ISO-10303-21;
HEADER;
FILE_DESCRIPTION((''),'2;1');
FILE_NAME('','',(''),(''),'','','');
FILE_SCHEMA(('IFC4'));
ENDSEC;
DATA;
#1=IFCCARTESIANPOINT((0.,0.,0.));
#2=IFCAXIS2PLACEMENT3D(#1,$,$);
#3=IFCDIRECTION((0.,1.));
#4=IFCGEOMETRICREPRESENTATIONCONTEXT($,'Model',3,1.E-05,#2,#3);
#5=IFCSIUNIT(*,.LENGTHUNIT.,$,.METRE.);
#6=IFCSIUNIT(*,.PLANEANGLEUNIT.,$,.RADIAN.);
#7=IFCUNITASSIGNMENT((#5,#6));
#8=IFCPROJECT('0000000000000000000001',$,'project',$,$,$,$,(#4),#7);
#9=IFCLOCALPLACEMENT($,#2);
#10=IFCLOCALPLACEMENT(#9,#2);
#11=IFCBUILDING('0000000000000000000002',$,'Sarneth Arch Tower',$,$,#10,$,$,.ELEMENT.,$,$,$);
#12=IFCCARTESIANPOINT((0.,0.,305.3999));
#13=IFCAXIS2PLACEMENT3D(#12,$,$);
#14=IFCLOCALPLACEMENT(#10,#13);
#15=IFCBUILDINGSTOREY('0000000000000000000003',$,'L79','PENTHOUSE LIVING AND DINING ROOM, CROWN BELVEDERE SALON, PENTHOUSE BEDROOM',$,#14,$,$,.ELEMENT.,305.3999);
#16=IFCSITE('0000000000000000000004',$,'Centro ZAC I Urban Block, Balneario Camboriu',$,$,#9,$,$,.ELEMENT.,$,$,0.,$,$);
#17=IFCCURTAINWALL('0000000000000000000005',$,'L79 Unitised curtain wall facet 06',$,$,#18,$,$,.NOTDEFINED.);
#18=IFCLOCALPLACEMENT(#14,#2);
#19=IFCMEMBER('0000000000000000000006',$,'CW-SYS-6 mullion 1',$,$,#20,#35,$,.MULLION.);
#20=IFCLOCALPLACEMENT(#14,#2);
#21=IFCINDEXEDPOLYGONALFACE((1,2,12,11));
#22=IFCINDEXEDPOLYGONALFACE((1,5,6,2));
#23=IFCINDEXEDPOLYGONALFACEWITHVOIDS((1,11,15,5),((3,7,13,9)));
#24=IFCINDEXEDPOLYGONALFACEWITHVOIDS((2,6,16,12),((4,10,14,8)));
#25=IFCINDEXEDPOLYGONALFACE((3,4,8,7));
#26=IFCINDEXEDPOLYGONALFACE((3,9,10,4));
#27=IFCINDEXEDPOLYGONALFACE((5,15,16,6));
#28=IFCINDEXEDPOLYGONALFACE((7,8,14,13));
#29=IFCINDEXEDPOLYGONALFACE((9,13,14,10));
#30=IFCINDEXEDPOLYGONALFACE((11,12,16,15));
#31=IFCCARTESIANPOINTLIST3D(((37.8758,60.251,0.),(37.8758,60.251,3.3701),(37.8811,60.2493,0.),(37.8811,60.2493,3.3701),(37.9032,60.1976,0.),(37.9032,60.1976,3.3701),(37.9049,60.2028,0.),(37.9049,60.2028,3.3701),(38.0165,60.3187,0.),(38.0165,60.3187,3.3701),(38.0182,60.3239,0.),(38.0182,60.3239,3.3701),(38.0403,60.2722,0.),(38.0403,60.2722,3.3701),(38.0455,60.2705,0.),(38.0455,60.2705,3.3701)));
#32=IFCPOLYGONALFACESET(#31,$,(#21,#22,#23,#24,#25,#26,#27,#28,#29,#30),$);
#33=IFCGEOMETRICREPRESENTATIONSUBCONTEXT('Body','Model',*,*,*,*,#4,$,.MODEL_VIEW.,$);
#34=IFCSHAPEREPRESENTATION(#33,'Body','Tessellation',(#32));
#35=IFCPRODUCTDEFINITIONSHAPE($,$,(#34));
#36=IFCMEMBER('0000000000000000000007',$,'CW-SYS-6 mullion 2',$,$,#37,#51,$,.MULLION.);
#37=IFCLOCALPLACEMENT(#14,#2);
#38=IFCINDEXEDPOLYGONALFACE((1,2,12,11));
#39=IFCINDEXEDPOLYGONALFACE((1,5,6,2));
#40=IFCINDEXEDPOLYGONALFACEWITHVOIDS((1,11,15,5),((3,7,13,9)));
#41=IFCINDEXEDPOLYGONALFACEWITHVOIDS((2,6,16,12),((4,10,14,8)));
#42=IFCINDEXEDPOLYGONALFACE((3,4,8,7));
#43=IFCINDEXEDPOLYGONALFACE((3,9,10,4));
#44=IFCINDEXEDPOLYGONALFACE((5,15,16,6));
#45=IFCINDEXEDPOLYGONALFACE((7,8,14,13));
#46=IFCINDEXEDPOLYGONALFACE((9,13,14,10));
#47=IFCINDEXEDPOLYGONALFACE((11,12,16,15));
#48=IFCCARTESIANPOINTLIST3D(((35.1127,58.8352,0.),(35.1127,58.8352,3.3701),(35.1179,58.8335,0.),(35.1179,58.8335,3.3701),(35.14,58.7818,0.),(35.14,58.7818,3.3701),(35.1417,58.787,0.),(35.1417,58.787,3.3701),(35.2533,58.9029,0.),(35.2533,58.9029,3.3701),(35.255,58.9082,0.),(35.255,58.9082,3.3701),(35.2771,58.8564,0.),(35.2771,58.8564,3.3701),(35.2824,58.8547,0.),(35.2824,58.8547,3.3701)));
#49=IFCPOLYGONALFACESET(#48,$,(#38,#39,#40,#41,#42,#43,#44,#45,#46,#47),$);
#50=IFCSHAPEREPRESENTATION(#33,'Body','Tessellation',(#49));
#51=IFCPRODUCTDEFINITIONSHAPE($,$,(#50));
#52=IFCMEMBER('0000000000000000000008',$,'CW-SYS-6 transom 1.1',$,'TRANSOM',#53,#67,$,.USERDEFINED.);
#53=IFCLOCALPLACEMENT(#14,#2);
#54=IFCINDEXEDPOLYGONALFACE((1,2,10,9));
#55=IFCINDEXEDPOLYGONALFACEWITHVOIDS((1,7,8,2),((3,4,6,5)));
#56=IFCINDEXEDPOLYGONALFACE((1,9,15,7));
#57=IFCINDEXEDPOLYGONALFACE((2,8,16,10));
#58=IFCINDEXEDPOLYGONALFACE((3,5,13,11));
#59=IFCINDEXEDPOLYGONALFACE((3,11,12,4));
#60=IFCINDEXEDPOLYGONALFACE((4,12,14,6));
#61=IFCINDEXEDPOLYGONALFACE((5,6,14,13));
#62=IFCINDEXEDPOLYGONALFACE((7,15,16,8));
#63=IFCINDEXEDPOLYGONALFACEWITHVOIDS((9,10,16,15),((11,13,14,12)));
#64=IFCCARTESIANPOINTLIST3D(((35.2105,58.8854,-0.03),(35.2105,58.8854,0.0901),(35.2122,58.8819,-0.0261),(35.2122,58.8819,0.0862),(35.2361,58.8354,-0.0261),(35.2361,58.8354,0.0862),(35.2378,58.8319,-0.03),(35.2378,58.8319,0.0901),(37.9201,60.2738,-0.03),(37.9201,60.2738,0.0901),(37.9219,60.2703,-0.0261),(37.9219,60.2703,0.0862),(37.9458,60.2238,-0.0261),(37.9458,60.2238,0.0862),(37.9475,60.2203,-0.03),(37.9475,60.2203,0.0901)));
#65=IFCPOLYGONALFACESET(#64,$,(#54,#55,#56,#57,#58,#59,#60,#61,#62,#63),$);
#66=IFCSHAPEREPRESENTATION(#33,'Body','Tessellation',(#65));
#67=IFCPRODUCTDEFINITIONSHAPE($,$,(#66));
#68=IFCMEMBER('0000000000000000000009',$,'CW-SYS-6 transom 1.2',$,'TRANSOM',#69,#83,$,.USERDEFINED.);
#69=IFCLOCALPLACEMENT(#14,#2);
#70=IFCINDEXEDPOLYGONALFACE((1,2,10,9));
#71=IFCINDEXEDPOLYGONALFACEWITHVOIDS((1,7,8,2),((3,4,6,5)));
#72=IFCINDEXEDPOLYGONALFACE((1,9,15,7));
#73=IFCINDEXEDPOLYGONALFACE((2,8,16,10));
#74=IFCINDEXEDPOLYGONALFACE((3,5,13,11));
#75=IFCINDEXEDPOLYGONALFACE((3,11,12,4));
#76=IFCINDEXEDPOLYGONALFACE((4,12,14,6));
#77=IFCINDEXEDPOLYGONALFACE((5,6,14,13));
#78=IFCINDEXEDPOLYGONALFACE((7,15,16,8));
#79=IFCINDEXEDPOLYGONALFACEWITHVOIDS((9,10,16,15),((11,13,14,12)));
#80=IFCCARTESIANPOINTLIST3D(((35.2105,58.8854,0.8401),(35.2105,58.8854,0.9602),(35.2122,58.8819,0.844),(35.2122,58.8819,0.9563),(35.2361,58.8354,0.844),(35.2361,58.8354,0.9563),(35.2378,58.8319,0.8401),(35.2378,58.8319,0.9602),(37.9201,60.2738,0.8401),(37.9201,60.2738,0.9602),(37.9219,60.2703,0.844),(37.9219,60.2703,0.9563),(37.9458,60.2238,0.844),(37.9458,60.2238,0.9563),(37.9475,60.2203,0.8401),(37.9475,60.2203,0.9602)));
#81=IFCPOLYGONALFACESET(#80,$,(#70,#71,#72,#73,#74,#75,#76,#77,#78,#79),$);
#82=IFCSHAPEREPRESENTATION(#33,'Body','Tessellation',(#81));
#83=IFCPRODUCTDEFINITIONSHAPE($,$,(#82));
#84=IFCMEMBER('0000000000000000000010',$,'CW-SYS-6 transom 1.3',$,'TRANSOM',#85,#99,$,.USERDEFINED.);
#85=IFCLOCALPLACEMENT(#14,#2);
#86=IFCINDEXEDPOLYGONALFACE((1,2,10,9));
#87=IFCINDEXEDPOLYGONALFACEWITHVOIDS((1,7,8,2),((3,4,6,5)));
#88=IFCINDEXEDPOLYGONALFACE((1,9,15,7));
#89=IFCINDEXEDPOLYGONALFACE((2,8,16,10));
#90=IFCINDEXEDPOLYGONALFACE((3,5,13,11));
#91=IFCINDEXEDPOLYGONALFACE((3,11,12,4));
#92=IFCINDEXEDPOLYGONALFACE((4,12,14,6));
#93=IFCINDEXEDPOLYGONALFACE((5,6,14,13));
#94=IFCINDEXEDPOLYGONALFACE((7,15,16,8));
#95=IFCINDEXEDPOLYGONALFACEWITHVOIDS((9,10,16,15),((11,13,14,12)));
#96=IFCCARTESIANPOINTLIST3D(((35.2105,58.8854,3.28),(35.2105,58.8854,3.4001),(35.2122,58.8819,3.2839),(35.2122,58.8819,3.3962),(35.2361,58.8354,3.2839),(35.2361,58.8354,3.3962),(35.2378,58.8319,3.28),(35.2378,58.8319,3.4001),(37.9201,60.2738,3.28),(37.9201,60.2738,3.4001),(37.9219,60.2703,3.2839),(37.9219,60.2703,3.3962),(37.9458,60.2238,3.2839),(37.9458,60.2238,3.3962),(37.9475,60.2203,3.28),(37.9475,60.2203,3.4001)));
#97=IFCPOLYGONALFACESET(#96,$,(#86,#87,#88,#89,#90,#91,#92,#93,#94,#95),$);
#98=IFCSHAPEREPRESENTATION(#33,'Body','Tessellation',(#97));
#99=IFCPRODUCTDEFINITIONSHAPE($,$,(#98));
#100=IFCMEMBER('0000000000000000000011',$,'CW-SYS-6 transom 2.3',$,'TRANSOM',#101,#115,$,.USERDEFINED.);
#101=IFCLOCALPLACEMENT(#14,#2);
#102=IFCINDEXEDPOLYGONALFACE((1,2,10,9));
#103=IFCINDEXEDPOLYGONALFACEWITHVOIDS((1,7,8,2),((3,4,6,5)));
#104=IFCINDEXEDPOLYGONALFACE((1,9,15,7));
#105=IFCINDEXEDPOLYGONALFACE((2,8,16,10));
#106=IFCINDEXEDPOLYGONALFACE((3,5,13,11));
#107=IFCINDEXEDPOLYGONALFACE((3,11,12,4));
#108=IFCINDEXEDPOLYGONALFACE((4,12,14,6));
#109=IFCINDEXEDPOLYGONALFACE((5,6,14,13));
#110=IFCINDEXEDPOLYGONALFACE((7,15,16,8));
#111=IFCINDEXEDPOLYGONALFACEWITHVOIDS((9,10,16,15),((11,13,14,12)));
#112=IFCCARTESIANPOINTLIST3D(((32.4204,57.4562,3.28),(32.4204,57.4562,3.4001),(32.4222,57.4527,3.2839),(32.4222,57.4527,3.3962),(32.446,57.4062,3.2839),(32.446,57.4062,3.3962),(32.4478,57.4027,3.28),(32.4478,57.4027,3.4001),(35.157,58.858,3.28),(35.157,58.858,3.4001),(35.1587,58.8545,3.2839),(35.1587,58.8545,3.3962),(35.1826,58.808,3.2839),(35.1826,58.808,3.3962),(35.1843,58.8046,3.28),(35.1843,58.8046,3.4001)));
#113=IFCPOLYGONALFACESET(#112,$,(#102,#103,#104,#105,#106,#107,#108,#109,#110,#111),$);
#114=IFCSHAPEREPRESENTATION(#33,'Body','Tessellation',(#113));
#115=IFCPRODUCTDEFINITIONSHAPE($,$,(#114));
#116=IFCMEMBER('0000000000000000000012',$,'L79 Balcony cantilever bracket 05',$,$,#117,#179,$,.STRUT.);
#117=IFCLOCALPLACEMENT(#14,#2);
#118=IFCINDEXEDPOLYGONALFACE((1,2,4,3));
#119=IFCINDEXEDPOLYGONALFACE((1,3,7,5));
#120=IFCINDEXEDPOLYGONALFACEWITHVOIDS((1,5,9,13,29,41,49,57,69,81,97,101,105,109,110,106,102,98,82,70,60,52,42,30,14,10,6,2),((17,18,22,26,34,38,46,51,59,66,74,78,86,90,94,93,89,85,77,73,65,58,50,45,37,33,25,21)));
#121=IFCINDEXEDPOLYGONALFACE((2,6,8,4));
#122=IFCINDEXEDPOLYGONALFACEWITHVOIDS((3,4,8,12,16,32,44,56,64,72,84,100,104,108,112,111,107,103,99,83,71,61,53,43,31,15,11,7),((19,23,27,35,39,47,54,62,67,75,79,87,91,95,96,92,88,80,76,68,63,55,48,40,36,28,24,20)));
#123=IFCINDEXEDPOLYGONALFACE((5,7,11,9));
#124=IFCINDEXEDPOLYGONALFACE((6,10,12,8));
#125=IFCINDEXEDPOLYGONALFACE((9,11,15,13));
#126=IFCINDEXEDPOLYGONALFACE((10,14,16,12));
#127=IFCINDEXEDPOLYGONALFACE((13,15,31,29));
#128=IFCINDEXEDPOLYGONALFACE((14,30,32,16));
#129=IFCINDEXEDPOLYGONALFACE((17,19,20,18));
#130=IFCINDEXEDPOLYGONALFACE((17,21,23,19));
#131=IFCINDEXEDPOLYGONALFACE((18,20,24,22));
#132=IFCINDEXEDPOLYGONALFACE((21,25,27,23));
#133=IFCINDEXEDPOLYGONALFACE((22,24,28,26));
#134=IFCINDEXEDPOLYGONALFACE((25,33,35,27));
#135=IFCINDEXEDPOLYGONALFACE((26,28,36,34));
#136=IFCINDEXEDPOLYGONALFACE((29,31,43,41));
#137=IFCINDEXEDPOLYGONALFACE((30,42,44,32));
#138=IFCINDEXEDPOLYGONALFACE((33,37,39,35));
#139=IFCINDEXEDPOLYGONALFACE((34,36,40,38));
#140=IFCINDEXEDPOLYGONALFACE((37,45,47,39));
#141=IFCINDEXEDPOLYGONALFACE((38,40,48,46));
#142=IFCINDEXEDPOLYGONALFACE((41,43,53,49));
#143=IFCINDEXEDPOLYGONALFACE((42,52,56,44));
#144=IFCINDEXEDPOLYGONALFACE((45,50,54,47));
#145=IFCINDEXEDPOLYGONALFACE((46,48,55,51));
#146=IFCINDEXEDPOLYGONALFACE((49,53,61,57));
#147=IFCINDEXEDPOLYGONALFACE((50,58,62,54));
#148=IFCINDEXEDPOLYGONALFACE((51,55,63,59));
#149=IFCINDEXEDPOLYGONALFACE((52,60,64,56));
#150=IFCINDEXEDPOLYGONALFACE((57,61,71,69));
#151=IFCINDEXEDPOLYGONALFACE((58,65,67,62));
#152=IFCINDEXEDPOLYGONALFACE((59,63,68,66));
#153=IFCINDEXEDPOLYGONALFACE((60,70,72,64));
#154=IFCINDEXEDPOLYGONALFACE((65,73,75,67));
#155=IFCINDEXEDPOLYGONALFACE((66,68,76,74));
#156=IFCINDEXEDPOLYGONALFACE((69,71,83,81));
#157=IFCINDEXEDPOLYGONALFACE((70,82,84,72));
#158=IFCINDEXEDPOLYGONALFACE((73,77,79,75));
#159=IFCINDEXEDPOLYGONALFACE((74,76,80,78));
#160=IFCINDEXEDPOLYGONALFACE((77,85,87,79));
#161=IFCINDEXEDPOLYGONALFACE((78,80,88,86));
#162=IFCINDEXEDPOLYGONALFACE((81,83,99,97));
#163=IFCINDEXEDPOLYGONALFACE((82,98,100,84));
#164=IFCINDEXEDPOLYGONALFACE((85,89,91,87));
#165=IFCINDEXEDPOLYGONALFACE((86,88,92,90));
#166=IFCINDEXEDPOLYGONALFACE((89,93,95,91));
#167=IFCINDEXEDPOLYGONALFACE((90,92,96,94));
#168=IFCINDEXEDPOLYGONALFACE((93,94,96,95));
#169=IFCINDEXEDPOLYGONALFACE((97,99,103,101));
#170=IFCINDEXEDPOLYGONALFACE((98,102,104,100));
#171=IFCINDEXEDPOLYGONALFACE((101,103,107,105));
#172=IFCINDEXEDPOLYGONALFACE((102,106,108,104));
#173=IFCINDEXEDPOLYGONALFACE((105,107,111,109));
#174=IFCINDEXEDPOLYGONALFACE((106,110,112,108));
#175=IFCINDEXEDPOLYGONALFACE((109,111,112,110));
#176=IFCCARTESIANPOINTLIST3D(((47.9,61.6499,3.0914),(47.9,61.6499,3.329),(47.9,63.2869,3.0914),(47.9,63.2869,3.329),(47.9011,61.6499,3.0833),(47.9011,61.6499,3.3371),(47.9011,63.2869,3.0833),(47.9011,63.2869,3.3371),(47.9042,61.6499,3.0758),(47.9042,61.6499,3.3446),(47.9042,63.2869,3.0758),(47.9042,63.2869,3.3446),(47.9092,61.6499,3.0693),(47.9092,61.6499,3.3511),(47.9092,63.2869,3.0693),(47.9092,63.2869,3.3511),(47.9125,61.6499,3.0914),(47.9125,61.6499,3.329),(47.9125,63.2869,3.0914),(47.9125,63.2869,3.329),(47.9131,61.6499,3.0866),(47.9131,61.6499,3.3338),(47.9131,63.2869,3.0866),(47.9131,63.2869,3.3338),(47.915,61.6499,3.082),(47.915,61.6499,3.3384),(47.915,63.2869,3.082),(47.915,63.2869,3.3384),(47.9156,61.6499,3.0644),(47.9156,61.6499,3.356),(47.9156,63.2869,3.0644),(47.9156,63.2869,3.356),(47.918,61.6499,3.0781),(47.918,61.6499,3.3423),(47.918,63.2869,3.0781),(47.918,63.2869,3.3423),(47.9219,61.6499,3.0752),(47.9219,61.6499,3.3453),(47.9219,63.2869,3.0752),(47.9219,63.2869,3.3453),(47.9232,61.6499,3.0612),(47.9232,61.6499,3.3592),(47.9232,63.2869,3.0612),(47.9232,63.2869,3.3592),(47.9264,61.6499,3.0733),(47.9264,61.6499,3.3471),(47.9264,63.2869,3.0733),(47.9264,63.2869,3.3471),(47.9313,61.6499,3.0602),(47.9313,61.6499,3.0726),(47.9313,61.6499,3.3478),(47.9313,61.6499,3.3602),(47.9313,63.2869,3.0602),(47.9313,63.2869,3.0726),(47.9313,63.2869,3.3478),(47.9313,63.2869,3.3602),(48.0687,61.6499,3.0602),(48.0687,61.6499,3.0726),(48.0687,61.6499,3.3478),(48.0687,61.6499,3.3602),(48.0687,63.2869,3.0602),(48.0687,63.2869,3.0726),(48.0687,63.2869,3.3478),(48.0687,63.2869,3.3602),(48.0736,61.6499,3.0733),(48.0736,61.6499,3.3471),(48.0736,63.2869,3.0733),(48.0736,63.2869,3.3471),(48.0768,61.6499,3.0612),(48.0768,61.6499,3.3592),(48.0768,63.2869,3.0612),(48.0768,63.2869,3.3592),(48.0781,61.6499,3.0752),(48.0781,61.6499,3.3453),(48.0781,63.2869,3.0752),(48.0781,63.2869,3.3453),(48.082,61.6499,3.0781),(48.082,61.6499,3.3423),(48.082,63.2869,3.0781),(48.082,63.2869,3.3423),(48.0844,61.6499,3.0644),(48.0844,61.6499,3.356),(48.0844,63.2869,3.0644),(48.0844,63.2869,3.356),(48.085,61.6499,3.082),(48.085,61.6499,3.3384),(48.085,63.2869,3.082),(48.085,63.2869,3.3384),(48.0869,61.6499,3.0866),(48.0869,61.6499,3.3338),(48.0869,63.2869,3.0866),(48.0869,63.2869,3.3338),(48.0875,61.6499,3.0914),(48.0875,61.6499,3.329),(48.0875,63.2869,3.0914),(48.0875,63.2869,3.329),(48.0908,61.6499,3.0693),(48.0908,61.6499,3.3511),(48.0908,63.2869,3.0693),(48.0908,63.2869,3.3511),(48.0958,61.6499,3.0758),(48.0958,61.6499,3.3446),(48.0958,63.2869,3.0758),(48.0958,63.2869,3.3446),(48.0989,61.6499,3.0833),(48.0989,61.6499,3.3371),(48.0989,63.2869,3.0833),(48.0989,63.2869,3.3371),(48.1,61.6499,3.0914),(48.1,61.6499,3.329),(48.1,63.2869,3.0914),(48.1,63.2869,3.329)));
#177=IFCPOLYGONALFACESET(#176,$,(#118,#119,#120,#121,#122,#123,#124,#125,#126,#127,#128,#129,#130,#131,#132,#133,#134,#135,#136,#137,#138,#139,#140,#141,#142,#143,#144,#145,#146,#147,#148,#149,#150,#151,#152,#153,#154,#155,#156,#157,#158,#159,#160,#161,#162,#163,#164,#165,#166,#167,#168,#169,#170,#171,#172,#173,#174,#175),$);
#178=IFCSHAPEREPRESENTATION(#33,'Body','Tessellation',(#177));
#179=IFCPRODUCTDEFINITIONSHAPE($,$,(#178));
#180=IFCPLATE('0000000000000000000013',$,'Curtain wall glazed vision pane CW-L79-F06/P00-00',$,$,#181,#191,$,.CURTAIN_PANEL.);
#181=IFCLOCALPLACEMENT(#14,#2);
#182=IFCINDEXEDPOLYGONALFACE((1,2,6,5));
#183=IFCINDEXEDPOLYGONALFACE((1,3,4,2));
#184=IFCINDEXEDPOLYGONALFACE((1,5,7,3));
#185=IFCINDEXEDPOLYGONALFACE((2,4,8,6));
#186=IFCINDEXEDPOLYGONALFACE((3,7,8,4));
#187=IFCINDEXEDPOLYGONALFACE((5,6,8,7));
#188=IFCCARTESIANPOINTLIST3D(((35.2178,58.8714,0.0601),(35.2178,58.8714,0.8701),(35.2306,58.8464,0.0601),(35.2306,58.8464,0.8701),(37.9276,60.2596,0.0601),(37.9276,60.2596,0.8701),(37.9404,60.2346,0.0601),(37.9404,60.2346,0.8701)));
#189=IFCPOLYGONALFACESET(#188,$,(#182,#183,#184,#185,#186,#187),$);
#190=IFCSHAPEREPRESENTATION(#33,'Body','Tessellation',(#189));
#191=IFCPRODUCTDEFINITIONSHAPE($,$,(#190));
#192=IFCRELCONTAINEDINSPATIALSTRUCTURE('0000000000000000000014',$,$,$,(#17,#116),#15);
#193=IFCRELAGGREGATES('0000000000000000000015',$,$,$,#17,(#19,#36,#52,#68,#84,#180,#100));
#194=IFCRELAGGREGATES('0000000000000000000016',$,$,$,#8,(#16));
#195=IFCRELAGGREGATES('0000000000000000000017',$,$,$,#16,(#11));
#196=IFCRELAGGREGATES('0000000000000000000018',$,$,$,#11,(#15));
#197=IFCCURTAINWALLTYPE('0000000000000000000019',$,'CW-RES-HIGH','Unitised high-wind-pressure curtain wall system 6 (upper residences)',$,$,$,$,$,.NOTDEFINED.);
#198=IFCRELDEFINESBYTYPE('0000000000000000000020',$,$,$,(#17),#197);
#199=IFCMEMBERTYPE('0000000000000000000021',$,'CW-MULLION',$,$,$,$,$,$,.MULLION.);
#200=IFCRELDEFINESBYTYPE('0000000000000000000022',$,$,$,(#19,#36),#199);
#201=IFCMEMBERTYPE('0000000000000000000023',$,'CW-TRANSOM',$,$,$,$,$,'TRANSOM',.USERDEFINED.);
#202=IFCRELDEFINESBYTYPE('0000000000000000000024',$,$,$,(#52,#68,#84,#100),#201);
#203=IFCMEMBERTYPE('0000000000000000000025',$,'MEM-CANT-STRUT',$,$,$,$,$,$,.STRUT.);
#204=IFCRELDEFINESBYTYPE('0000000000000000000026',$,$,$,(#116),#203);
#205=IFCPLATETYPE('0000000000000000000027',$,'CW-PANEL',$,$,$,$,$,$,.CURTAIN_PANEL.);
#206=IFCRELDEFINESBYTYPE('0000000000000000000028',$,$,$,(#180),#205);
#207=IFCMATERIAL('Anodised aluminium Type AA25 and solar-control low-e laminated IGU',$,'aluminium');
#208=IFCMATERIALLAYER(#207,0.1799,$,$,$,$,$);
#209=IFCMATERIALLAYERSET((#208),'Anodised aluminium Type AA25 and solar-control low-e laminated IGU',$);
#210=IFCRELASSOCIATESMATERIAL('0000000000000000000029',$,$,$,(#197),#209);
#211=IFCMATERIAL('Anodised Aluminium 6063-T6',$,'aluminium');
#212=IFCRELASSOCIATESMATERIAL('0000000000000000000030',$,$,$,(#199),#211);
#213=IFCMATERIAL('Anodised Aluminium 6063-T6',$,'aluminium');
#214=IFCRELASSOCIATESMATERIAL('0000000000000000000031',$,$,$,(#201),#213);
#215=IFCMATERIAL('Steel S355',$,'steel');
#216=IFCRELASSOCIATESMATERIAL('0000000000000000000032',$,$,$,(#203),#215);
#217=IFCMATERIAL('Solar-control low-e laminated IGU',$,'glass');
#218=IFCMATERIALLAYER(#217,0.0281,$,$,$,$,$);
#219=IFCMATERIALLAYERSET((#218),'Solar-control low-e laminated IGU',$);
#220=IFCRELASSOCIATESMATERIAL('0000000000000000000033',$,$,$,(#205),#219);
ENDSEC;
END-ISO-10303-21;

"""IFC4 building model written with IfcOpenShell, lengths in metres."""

from ifc_helpers import new_model, si_unit, direction, frame, origin, origin_2d, place, context, subcontext, project, spatial, rectangle, hollow_rectangle, extrude, material, layer, layer_set, material_profile, profile_set, type_object, element, aggregate, save


model = new_model("IFC4")

# Units and contexts
model_context = context("Model", 3, precision=1e-05, world=origin(), true_north=direction((0.0, 1.0)))
body_context = subcontext(model_context, "Body", "Model", "MODEL_VIEW")
ifc_project = project(units=[si_unit("LENGTHUNIT", "METRE"), si_unit("PLANEANGLEUNIT", "RADIAN")], contexts=[model_context])

# Site, building, storey
site_placement = place(None, origin())
site = spatial("IfcSite", under=ifc_project, at=site_placement, Name="Centro ZAC I Urban Block, Balneario Camboriu", CompositionType="ELEMENT", RefElevation=0.0)
building_placement = place(site_placement, origin())
building = spatial("IfcBuilding", under=site, at=building_placement, Name="Sarneth Arch Tower", CompositionType="ELEMENT")
storey_placement = place(building_placement, frame((0.0, 0.0, 305.3999)))
storey = spatial("IfcBuildingStorey", under=building, at=storey_placement, Name="L79", Description="PENTHOUSE LIVING AND DINING ROOM, CROWN BELVEDERE SALON, PENTHOUSE BEDROOM", CompositionType="ELEMENT", Elevation=305.3999)

# Curtain wall, members
ifc_material_1 = material(Name="Anodised aluminium Type AA25 and solar-control low-e laminated IGU", Category="aluminium")
ifc_layer_1 = layer(ifc_material_1, 0.1799)
ifc_layer_set_1 = layer_set([ifc_layer_1], Name="Anodised aluminium Type AA25 and solar-control low-e laminated IGU")
curtain_wall_type = type_object("IfcCurtainWallType", Name="CW-RES-HIGH", Description="Unitised high-wind-pressure curtain wall system 6 (upper residences)", PredefinedType="NOTDEFINED", material=ifc_layer_set_1)
curtain_wall_placement = place(storey_placement, origin())
curtain_wall = element("IfcCurtainWall", 1, at=curtain_wall_placement, inside=storey, type_object=curtain_wall_type, Name="L79 Unitised curtain wall facet 06", PredefinedType="NOTDEFINED")
ifc_material_2 = material(Name="Anodised Aluminium 6063-T6", Category="aluminium")
ifc_material_profile_1 = material_profile(ifc_material_2, hollow_rectangle(XDim=0.0601, YDim=0.1599, WallThickness=0.0039, at=origin_2d()), Name="AL-MULL-160x60x4")
ifc_profile_set_1 = profile_set([ifc_material_profile_1], Name="Anodised Aluminium 6063-T6")
member_type_1 = type_object("IfcMemberType", Name="CW-MULLION", PredefinedType="MULLION", material=ifc_profile_set_1)
member_1_placement = place(storey_placement, frame((37.9607, 60.2607, 0.0), z_axis=(0.0, 0.0, 1.0), x_axis=(0.455942, -0.89001, 0.0)))
member_1 = element("IfcMember", 2, at=member_1_placement, type_object=member_type_1, Name="CW-SYS-6 mullion 1", PredefinedType="MULLION", context=body_context, shape_type="SweptSolid", body=[
    extrude(hollow_rectangle(XDim=0.0601, YDim=0.1599, WallThickness=0.0039, at=origin_2d()), origin(), (0.0, 0.0, 1.0), 3.3701),
])
member_2_placement = place(storey_placement, frame((35.1975, 58.845, 0.0), z_axis=(0.0, 0.0, 1.0), x_axis=(0.455942, -0.89001, 0.0)))
member_2 = element("IfcMember", 3, at=member_2_placement, type_object=member_type_1, Name="CW-SYS-6 mullion 2", PredefinedType="MULLION", context=body_context, shape_type="SweptSolid", body=[
    extrude(hollow_rectangle(XDim=0.0601, YDim=0.1599, WallThickness=0.0039, at=origin_2d()), origin(), (0.0, 0.0, 1.0), 3.3701),
])
ifc_material_3 = material(Name="Anodised Aluminium 6063-T6", Category="aluminium")
ifc_material_profile_2 = material_profile(ifc_material_3, hollow_rectangle(XDim=0.0601, YDim=0.1201, WallThickness=0.0039, at=origin_2d()), Name="AL-TRAN-120x60x4")
ifc_profile_set_2 = profile_set([ifc_material_profile_2], Name="Anodised Aluminium 6063-T6")
member_type_2 = type_object("IfcMemberType", Name="CW-TRANSOM", ElementType="TRANSOM", PredefinedType="USERDEFINED", material=ifc_profile_set_2)
member_3_placement = place(storey_placement, frame((37.9338, 60.2471, 0.03), z_axis=(-0.889974, -0.456012, 0.0), x_axis=(0.456012, -0.889974, 0.0)))
member_3 = element("IfcMember", 4, at=member_3_placement, type_object=member_type_2, Name="CW-SYS-6 transom 1.1", ObjectType="TRANSOM", PredefinedType="USERDEFINED", context=body_context, shape_type="SweptSolid", body=[
    extrude(hollow_rectangle(XDim=0.0601, YDim=0.1201, WallThickness=0.0039, at=origin_2d()), origin(), (0.0, 0.0, 1.0), 3.0447),
])
member_4_placement = place(storey_placement, frame((37.9338, 60.2471, 0.9001), z_axis=(-0.889974, -0.456012, 0.0), x_axis=(0.456012, -0.889974, 0.0)))
member_4 = element("IfcMember", 5, at=member_4_placement, type_object=member_type_2, Name="CW-SYS-6 transom 1.2", ObjectType="TRANSOM", PredefinedType="USERDEFINED", context=body_context, shape_type="SweptSolid", body=[
    extrude(hollow_rectangle(XDim=0.0601, YDim=0.1201, WallThickness=0.0039, at=origin_2d()), origin(), (0.0, 0.0, 1.0), 3.0447),
])
member_5_placement = place(storey_placement, frame((37.9338, 60.2471, 3.3401), z_axis=(-0.889974, -0.456012, 0.0), x_axis=(0.456012, -0.889974, 0.0)))
member_5 = element("IfcMember", 6, at=member_5_placement, type_object=member_type_2, Name="CW-SYS-6 transom 1.3", ObjectType="TRANSOM", PredefinedType="USERDEFINED", context=body_context, shape_type="SweptSolid", body=[
    extrude(hollow_rectangle(XDim=0.0601, YDim=0.1201, WallThickness=0.0039, at=origin_2d()), origin(), (0.0, 0.0, 1.0), 3.0447),
])
member_6_placement = place(storey_placement, frame((35.1707, 58.8313, 3.3401), z_axis=(-0.890017, -0.455926, 0.0), x_axis=(0.455926, -0.890017, 0.0)))
member_6 = element("IfcMember", 7, at=member_6_placement, type_object=member_type_2, Name="CW-SYS-6 transom 2.3", ObjectType="TRANSOM", PredefinedType="USERDEFINED", context=body_context, shape_type="SweptSolid", body=[
    extrude(hollow_rectangle(XDim=0.0601, YDim=0.1201, WallThickness=0.0039, at=origin_2d()), origin(), (0.0, 0.0, 1.0), 3.0747),
])

# Member
ifc_material_4 = material(Name="Steel S355", Category="steel")
ifc_material_profile_3 = material_profile(ifc_material_4, hollow_rectangle(XDim=0.2, YDim=0.3, WallThickness=0.0125, InnerFilletRadius=0.0188, OuterFilletRadius=0.0312, at=origin_2d()), Name="RHS300x200x12.5")
ifc_profile_set_3 = profile_set([ifc_material_profile_3], Name="Steel S355")
member_type_3 = type_object("IfcMemberType", Name="MEM-CANT-STRUT", PredefinedType="STRUT", material=ifc_profile_set_3)
member_7_placement = place(storey_placement, frame((48.0, 61.6499, 3.2102), z_axis=(0.0, 1.0, 0.0), x_axis=(-1.0, 0.0, 0.0)))
element("IfcMember", 8, at=member_7_placement, inside=storey, type_object=member_type_3, Name="L79 Balcony cantilever bracket 05", PredefinedType="STRUT", context=body_context, shape_type="SweptSolid", body=[
    extrude(hollow_rectangle(XDim=0.2, YDim=0.3, WallThickness=0.0125, InnerFilletRadius=0.0188, OuterFilletRadius=0.0312, at=origin_2d()), origin(), (0.0, 0.0, 1.0), 1.637),
])

# Plate
ifc_material_5 = material(Name="Solar-control low-e laminated IGU", Category="glass")
ifc_layer_2 = layer(ifc_material_5, 0.0281)
ifc_layer_set_2 = layer_set([ifc_layer_2], Name="Solar-control low-e laminated IGU")
plate_type = type_object("IfcPlateType", Name="CW-PANEL", PredefinedType="CURTAIN_PANEL", material=ifc_layer_set_2)
plate_1_placement = place(storey_placement, frame((36.5791, 59.553, 0.0601), z_axis=(0.0, 0.0, 1.0), x_axis=(-0.89001, -0.455942, 0.0)))
plate_1 = element("IfcPlate", 9, at=plate_1_placement, type_object=plate_type, Name="Curtain wall glazed vision pane CW-L79-F06/P00-00", PredefinedType="CURTAIN_PANEL", context=body_context, shape_type="SweptSolid", body=[
    extrude(rectangle(XDim=3.0447, YDim=0.0281, at=origin_2d()), origin(), (0.0, 0.0, 1.0), 0.8101),
])
aggregate(curtain_wall, [member_1, member_2, member_3, member_4, member_5, plate_1, member_6])

save(model, "model.ifc")
